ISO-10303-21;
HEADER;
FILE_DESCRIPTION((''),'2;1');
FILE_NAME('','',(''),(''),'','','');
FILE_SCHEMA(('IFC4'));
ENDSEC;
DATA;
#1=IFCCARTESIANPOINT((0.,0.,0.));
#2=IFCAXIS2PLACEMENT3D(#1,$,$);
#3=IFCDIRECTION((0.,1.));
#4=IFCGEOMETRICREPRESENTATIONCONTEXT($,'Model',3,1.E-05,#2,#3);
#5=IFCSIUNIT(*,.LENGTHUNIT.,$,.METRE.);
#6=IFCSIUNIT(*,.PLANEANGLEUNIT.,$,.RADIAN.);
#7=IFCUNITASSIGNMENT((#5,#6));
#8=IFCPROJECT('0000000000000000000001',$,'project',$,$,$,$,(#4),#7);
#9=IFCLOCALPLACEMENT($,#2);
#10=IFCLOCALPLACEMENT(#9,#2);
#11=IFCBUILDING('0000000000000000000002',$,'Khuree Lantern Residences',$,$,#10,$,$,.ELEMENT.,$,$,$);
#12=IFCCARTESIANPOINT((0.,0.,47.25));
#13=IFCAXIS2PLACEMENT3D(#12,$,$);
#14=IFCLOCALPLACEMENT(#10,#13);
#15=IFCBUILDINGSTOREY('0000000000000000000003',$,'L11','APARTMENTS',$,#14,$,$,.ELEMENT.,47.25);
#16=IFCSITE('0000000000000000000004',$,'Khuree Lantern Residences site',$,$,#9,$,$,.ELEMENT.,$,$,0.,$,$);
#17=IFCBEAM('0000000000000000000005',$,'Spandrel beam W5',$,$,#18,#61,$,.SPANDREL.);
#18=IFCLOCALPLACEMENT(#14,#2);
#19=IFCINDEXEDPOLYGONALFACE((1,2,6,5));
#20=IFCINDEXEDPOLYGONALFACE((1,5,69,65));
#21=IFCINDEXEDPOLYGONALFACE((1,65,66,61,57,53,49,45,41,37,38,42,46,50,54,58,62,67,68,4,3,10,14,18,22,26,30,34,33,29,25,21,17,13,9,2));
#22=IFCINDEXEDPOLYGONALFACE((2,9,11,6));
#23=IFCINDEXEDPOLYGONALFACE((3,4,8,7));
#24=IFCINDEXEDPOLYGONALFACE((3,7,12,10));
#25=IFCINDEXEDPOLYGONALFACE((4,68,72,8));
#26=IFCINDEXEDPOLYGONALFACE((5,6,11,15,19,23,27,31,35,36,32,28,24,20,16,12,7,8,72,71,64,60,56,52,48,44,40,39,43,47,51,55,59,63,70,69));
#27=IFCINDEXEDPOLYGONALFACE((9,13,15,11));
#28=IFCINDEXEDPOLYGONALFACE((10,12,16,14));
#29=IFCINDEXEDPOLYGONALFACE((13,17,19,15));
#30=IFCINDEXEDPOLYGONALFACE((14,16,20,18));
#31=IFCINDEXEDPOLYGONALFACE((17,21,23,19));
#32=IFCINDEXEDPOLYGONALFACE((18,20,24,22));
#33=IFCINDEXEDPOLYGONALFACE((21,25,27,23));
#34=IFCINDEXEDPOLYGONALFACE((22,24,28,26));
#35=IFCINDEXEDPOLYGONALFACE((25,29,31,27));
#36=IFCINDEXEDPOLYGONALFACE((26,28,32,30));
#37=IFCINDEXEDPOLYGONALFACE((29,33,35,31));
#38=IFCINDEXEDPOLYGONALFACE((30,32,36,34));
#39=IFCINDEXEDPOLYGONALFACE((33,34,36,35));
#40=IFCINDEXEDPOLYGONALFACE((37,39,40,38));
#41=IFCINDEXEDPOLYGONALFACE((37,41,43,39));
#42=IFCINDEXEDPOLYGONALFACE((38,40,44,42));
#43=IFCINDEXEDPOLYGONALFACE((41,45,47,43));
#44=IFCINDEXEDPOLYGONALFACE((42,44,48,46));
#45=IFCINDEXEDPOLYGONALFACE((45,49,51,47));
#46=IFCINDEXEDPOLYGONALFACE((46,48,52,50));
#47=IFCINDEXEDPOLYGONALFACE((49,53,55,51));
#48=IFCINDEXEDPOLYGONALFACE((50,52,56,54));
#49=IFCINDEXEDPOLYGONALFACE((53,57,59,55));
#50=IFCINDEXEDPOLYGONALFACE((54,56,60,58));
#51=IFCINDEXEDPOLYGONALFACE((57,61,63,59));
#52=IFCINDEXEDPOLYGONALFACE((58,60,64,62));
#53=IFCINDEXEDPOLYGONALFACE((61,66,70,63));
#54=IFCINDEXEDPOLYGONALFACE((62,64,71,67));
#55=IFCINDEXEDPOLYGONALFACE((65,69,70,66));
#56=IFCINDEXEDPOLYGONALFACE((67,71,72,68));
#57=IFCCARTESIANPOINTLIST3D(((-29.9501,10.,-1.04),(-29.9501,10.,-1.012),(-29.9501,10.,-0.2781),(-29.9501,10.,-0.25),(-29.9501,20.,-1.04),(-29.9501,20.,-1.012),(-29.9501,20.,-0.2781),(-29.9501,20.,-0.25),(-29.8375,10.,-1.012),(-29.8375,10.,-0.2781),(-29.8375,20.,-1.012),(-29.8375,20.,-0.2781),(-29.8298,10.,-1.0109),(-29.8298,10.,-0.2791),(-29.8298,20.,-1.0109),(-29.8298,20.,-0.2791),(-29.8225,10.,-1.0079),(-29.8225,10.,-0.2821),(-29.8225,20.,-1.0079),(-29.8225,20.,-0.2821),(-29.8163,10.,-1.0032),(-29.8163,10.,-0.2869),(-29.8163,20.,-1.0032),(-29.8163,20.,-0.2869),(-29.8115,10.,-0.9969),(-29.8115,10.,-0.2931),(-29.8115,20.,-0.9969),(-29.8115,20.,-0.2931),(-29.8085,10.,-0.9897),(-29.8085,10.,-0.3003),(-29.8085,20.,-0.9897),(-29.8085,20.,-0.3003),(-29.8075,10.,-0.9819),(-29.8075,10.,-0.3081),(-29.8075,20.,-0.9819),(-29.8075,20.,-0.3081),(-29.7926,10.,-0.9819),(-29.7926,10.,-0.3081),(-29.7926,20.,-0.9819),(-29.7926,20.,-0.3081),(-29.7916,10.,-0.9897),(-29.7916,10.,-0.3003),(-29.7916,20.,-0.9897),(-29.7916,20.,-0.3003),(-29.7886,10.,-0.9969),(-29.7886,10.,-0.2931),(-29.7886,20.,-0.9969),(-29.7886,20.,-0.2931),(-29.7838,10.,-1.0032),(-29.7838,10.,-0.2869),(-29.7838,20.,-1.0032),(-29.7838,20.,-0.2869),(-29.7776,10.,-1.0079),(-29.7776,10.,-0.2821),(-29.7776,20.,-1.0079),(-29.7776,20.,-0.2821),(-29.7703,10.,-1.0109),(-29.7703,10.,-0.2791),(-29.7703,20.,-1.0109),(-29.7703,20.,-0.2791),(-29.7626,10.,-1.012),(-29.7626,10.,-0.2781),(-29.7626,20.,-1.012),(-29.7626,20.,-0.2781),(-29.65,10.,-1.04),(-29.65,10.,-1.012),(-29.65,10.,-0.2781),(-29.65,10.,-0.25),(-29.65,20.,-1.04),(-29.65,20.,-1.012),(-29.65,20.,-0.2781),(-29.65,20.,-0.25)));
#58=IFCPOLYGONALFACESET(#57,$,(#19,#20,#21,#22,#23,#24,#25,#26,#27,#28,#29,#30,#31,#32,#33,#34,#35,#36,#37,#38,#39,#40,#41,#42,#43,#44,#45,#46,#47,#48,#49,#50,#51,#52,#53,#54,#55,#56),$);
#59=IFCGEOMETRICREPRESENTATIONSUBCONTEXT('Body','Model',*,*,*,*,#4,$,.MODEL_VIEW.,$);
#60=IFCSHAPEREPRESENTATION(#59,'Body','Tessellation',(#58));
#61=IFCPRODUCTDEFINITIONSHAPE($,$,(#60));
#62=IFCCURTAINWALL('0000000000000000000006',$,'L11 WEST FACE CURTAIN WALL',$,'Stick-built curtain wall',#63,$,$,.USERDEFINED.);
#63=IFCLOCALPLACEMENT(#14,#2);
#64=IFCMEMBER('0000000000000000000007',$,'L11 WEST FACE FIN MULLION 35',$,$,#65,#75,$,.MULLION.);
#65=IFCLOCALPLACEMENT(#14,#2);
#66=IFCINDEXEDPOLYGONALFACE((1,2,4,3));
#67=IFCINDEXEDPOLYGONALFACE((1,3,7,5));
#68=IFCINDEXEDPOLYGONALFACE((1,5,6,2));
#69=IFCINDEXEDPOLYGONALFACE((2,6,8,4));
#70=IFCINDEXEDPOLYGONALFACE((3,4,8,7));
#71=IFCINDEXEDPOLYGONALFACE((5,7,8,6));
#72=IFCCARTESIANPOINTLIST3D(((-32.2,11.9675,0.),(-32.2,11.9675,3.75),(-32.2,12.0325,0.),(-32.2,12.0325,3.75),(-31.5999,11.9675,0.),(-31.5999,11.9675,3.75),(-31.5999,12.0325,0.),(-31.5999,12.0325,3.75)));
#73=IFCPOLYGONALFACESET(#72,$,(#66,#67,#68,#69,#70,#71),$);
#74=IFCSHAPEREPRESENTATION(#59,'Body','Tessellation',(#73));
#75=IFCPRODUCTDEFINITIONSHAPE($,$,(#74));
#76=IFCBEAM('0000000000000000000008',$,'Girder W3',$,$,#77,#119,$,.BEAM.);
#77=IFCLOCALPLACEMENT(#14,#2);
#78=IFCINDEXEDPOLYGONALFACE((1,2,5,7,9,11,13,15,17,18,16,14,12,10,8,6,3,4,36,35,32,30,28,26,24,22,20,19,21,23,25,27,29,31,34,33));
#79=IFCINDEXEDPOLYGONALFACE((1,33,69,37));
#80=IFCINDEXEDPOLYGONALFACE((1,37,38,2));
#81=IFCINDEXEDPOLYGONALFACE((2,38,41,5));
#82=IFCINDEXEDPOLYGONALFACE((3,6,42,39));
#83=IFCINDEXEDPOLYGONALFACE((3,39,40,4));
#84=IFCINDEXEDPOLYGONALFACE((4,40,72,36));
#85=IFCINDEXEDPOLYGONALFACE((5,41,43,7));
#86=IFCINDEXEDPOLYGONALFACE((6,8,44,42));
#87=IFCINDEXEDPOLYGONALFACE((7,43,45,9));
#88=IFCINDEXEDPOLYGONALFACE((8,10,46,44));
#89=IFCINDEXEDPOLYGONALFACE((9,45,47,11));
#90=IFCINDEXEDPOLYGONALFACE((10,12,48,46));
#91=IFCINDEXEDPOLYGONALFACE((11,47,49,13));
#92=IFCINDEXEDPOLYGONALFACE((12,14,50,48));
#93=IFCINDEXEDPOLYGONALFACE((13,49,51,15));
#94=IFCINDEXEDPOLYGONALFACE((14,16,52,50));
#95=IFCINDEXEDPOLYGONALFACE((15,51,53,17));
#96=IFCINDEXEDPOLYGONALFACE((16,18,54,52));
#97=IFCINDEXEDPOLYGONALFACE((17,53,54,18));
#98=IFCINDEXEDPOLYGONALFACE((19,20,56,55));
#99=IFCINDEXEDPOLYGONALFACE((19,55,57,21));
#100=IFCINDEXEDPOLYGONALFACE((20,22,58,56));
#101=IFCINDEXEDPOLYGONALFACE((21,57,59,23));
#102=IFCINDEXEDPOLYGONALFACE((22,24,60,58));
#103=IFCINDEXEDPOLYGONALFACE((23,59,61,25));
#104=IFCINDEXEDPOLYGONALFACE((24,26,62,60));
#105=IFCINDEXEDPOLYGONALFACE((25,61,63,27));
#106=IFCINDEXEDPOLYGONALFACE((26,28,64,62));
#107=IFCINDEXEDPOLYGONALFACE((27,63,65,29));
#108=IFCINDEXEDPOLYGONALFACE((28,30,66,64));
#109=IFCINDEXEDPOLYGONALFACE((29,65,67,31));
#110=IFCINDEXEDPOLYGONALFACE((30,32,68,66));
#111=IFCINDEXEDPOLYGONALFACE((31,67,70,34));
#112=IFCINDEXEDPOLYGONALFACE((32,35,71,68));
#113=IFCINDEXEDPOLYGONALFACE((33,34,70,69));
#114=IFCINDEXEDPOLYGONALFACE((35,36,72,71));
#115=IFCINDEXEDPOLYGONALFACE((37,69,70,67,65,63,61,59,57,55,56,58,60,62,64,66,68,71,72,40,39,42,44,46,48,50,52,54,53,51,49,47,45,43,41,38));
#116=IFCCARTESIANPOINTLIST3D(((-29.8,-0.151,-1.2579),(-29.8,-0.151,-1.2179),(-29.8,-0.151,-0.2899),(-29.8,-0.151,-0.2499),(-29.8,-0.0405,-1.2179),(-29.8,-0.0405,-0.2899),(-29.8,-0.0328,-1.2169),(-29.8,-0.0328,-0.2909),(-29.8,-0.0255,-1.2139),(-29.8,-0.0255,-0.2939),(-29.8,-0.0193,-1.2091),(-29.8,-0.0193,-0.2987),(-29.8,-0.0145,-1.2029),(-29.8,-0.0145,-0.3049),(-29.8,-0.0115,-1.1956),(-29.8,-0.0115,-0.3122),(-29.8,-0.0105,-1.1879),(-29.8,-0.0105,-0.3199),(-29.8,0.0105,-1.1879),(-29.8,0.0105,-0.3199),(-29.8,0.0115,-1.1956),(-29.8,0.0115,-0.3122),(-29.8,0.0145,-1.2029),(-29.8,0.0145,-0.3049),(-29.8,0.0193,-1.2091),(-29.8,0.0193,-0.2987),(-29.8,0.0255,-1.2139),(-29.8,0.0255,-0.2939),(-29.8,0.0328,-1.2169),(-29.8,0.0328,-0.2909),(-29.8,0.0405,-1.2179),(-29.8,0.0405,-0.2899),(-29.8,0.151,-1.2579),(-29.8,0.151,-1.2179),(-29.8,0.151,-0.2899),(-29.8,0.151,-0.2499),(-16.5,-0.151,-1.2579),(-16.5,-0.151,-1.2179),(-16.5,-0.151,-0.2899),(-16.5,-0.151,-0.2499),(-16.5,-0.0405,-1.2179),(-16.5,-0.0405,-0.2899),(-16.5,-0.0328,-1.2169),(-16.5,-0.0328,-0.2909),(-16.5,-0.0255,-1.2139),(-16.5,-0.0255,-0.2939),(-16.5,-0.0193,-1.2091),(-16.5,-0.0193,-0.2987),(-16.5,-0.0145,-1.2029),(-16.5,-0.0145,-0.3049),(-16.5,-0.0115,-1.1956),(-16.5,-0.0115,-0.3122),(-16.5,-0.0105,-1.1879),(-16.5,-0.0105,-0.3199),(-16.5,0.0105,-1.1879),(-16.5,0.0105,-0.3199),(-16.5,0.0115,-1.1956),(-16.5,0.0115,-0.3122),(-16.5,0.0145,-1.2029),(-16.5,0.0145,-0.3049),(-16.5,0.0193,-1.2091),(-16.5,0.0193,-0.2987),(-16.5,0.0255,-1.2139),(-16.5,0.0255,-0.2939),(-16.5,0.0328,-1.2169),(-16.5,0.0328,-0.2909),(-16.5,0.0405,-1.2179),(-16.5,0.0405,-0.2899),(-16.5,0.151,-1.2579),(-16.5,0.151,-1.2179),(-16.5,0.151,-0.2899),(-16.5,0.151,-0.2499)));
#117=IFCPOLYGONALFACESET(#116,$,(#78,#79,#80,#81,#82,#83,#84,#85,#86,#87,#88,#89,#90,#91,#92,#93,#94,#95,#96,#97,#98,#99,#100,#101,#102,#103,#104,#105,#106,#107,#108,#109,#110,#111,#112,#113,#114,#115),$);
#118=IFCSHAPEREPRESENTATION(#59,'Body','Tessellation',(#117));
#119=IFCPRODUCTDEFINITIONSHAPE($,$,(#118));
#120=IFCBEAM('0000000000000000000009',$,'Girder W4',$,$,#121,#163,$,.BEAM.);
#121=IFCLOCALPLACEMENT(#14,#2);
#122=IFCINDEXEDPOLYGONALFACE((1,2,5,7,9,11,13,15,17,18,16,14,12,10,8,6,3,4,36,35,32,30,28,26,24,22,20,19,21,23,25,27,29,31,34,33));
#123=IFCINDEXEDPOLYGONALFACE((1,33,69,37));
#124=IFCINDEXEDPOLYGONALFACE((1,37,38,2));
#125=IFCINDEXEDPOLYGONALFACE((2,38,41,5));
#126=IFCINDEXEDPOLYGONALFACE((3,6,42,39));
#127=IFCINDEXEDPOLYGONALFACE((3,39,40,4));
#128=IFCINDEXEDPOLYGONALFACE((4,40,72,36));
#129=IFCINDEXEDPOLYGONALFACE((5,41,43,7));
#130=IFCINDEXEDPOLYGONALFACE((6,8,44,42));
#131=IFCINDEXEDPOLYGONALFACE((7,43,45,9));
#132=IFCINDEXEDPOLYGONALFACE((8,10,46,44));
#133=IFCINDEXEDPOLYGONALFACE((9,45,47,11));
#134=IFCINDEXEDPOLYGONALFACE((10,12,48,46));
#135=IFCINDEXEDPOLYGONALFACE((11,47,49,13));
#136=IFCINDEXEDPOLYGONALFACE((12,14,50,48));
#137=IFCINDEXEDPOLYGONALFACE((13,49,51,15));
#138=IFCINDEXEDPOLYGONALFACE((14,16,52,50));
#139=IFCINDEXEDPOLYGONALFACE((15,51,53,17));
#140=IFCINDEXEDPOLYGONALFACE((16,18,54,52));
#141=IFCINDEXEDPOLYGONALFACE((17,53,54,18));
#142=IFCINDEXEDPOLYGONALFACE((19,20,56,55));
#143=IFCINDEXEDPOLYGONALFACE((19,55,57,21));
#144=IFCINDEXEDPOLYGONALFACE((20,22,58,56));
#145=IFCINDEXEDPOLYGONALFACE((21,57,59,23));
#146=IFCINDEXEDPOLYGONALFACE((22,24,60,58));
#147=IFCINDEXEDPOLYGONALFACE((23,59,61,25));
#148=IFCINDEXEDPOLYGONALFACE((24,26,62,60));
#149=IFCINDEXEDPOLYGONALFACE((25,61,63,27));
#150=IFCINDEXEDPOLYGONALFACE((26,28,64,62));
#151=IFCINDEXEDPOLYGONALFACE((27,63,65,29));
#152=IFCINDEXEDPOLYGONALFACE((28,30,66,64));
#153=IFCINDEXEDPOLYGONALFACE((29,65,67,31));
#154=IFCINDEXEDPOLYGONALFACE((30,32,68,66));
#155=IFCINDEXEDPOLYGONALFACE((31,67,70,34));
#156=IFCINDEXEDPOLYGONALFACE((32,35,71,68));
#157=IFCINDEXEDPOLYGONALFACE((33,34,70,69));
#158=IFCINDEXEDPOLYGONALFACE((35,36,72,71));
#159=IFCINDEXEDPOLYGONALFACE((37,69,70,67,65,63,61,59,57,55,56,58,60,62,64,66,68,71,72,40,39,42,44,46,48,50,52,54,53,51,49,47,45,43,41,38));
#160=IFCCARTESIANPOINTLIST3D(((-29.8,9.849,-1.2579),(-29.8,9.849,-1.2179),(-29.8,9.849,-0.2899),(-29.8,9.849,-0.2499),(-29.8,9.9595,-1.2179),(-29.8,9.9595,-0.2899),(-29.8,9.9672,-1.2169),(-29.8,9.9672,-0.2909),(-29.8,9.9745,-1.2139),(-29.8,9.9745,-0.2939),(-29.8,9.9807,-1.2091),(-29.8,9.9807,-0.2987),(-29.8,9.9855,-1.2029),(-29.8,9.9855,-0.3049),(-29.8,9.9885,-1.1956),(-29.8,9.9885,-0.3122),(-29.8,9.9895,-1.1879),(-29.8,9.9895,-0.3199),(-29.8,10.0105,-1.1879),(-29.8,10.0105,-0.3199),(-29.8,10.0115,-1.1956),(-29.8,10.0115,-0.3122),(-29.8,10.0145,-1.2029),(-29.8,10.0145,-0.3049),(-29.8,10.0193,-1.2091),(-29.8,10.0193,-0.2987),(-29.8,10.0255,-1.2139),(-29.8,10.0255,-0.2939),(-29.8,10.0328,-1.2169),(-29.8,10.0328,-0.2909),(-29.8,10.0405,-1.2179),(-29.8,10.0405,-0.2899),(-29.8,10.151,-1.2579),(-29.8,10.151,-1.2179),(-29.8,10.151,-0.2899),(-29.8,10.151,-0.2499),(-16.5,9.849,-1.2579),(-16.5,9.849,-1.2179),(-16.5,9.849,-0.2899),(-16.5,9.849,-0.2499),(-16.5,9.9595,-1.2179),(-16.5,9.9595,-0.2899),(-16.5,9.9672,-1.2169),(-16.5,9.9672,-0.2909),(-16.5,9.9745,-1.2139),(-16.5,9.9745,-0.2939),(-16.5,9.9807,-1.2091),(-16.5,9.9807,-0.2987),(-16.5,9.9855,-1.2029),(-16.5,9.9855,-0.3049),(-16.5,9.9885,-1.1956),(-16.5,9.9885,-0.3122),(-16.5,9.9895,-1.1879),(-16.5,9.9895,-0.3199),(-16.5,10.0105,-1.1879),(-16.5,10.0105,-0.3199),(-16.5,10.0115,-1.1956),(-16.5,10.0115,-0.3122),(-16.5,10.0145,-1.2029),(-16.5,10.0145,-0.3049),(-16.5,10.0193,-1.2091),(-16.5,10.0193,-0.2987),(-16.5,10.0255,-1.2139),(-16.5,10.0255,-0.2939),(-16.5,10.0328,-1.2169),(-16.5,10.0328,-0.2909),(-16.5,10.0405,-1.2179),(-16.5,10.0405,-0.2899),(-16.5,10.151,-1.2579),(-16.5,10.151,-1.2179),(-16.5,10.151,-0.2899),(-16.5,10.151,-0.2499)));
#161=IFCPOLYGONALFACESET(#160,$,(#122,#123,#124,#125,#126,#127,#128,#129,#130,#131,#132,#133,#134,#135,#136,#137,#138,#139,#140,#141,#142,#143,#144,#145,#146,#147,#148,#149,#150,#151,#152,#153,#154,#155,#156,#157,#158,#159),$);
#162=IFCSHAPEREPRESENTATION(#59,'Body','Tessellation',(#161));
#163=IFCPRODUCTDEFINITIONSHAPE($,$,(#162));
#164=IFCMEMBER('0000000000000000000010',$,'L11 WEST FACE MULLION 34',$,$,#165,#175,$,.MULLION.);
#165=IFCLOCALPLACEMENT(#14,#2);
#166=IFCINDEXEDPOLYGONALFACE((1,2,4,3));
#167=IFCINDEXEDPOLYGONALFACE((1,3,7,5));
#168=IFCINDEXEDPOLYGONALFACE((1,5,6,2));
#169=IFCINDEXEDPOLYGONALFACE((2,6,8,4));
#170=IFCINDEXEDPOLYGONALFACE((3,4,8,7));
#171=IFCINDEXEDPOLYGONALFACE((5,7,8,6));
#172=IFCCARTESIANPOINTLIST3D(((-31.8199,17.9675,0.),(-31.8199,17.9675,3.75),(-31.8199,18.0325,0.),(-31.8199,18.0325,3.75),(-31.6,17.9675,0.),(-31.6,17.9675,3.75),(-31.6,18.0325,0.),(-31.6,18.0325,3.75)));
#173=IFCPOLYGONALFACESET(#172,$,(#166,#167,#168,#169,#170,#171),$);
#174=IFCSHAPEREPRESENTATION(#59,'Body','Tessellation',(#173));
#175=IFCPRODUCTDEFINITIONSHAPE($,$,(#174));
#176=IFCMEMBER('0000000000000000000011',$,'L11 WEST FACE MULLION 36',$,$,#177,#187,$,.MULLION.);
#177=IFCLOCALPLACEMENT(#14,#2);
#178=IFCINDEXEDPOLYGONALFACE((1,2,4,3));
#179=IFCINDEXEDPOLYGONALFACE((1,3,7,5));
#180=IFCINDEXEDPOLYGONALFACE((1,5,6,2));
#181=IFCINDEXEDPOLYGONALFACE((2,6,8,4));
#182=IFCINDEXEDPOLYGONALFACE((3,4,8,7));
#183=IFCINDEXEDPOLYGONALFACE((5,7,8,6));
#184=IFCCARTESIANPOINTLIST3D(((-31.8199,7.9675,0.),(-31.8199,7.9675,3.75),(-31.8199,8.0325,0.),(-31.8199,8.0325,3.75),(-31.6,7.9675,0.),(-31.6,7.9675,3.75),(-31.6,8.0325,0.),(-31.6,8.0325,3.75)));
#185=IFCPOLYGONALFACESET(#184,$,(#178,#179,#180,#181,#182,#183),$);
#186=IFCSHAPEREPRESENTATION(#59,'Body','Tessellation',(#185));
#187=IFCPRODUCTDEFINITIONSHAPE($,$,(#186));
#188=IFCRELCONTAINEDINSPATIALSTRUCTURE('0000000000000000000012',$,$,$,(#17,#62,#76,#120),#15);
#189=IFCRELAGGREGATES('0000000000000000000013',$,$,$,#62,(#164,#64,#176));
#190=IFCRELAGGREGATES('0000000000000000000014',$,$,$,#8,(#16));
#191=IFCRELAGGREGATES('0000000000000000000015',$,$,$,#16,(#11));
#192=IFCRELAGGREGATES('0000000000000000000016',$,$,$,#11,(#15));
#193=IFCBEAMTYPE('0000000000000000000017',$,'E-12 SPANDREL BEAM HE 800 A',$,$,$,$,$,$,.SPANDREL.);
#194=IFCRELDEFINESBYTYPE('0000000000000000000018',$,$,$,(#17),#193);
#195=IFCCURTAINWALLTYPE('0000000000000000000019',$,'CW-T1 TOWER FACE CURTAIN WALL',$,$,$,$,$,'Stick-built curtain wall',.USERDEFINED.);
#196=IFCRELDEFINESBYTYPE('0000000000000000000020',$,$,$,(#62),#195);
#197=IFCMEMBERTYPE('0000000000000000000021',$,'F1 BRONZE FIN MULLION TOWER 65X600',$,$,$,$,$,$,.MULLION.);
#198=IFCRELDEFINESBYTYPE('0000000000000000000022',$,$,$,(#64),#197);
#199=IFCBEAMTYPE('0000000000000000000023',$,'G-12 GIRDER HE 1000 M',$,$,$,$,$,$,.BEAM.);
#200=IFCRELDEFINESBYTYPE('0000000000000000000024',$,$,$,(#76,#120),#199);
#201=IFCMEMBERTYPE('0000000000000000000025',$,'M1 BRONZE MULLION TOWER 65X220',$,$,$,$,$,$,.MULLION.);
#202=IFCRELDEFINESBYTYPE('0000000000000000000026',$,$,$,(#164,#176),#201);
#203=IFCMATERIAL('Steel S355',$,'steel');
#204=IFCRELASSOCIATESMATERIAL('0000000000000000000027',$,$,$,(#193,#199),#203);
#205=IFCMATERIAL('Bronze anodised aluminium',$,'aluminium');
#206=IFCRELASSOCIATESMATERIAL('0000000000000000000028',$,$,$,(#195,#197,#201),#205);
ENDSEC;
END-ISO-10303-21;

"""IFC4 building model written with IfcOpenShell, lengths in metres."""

from ifc_helpers import new_model, si_unit, direction, frame, origin, origin_2d, place, context, subcontext, project, spatial, rectangle, i_section, extrude, material, material_profile, profile_set, type_object, element, aggregate, save


model = new_model("IFC4")

# Units and contexts
model_context = context("Model", 3, precision=1e-05, world=origin(), true_north=direction((0.0, 1.0)))
body_context = subcontext(model_context, "Body", "Model", "MODEL_VIEW")
ifc_project = project(units=[si_unit("LENGTHUNIT", "METRE"), si_unit("PLANEANGLEUNIT", "RADIAN")], contexts=[model_context])

# Site, building, storey
site_placement = place(None, origin())
site = spatial("IfcSite", under=ifc_project, at=site_placement, Name="Khuree Lantern Residences site", CompositionType="ELEMENT", RefElevation=0.0)
building_placement = place(site_placement, origin())
building = spatial("IfcBuilding", under=site, at=building_placement, Name="Khuree Lantern Residences", CompositionType="ELEMENT")
storey_placement = place(building_placement, frame((0.0, 0.0, 47.25)))
storey = spatial("IfcBuildingStorey", under=building, at=storey_placement, Name="L11", Description="APARTMENTS", CompositionType="ELEMENT", Elevation=47.25)

# Beam
ifc_material_1 = material(Name="Steel S355", Category="steel")
ifc_material_profile_1 = material_profile(ifc_material_1, i_section(OverallWidth=0.3, OverallDepth=0.79, WebThickness=0.0149, FlangeThickness=0.0281, FilletRadius=0.03, at=origin_2d()), Name="HE 800 A")
ifc_profile_set_1 = profile_set([ifc_material_profile_1], Name="Steel S355")
beam_type_1 = type_object("IfcBeamType", Name="E-12 SPANDREL BEAM HE 800 A", PredefinedType="SPANDREL", material=ifc_profile_set_1)
for number, where, z_axis, x_axis, name in (
    (1, (-29.8, 10.0, -0.645), (0.0, 1.0, 0.0), (-1.0, 0.0, 0.0), "Spandrel beam W5"),
):
    element("IfcBeam", number, at=place(storey_placement, frame(where, z_axis=z_axis, x_axis=x_axis)), inside=storey, type_object=beam_type_1, Name=name, PredefinedType="SPANDREL", context=body_context, shape_type="SweptSolid", body=[
        extrude(i_section(OverallWidth=0.3, OverallDepth=0.79, WebThickness=0.0149, FlangeThickness=0.0281, FilletRadius=0.03, at=origin_2d()), origin(), (0.0, 0.0, 1.0), 10.0),
    ])

# Curtain wall, member
ifc_material_2 = material(Name="Bronze anodised aluminium", Category="aluminium")
curtain_wall_type = type_object("IfcCurtainWallType", Name="CW-T1 TOWER FACE CURTAIN WALL", ElementType="Stick-built curtain wall", PredefinedType="USERDEFINED", material=ifc_material_2)
curtain_wall_placement = place(storey_placement, origin())
curtain_wall = element("IfcCurtainWall", 2, at=curtain_wall_placement, inside=storey, type_object=curtain_wall_type, Name="L11 WEST FACE CURTAIN WALL", ObjectType="Stick-built curtain wall", PredefinedType="USERDEFINED")
ifc_material_profile_2 = material_profile(ifc_material_2, rectangle(XDim=0.0649, YDim=0.6001, at=origin_2d()), Name="F1 65X600")
ifc_profile_set_2 = profile_set([ifc_material_profile_2], Name="Bronze anodised aluminium")
member_type_1 = type_object("IfcMemberType", Name="F1 BRONZE FIN MULLION TOWER 65X600", PredefinedType="MULLION", material=ifc_profile_set_2)
member_1_placement = place(storey_placement, frame((-31.8999, 12.0, 0.0), z_axis=(0.0, 0.0, 1.0), x_axis=(0.0, -1.0, 0.0)))
member_1 = element("IfcMember", 3, at=member_1_placement, type_object=member_type_1, Name="L11 WEST FACE FIN MULLION 35", PredefinedType="MULLION", context=body_context, shape_type="SweptSolid", body=[
    extrude(rectangle(XDim=0.0649, YDim=0.6001, at=origin_2d()), origin(), (0.0, 0.0, 1.0), 3.75),
])

# Beams
ifc_material_profile_3 = material_profile(ifc_material_1, i_section(OverallWidth=0.302, OverallDepth=1.0081, WebThickness=0.021, FlangeThickness=0.04, FilletRadius=0.03, at=origin_2d()), Name="HE 1000 M")
ifc_profile_set_3 = profile_set([ifc_material_profile_3], Name="Steel S355")
beam_type_2 = type_object("IfcBeamType", Name="G-12 GIRDER HE 1000 M", PredefinedType="BEAM", material=ifc_profile_set_3)
for number, where, z_axis, x_axis, name in (
    (4, (-29.8, 0.0, -0.7539), (1.0, 0.0, 0.0), (0.0, 1.0, 0.0), "Girder W3"),
    (5, (-29.8, 10.0, -0.7539), (1.0, 0.0, 0.0), (0.0, 1.0, 0.0), "Girder W4"),
):
    element("IfcBeam", number, at=place(storey_placement, frame(where, z_axis=z_axis, x_axis=x_axis)), inside=storey, type_object=beam_type_2, Name=name, PredefinedType="BEAM", context=body_context, shape_type="SweptSolid", body=[
        extrude(i_section(OverallWidth=0.302, OverallDepth=1.0081, WebThickness=0.021, FlangeThickness=0.04, FilletRadius=0.03, at=origin_2d()), origin(), (0.0, 0.0, 1.0), 13.3),
    ])

# Members
ifc_material_profile_4 = material_profile(ifc_material_2, rectangle(XDim=0.0649, YDim=0.22, at=origin_2d()), Name="M1 65X220")
ifc_profile_set_4 = profile_set([ifc_material_profile_4], Name="Bronze anodised aluminium")
member_type_2 = type_object("IfcMemberType", Name="M1 BRONZE MULLION TOWER 65X220", PredefinedType="MULLION", material=ifc_profile_set_4)
member_2_placement = place(storey_placement, frame((-31.71, 18.0, 0.0), z_axis=(0.0, 0.0, 1.0), x_axis=(0.0, -1.0, 0.0)))
member_2 = element("IfcMember", 6, at=member_2_placement, type_object=member_type_2, Name="L11 WEST FACE MULLION 34", PredefinedType="MULLION", context=body_context, shape_type="SweptSolid", body=[
    extrude(rectangle(XDim=0.0649, YDim=0.22, at=origin_2d()), origin(), (0.0, 0.0, 1.0), 3.75),
])
member_3_placement = place(storey_placement, frame((-31.71, 8.0, 0.0), z_axis=(0.0, 0.0, 1.0), x_axis=(0.0, -1.0, 0.0)))
member_3 = element("IfcMember", 7, at=member_3_placement, type_object=member_type_2, Name="L11 WEST FACE MULLION 36", PredefinedType="MULLION", context=body_context, shape_type="SweptSolid", body=[
    extrude(rectangle(XDim=0.0649, YDim=0.22, at=origin_2d()), origin(), (0.0, 0.0, 1.0), 3.75),
])

aggregate(curtain_wall, [member_2, member_1, member_3])

save(model, "model.ifc")
